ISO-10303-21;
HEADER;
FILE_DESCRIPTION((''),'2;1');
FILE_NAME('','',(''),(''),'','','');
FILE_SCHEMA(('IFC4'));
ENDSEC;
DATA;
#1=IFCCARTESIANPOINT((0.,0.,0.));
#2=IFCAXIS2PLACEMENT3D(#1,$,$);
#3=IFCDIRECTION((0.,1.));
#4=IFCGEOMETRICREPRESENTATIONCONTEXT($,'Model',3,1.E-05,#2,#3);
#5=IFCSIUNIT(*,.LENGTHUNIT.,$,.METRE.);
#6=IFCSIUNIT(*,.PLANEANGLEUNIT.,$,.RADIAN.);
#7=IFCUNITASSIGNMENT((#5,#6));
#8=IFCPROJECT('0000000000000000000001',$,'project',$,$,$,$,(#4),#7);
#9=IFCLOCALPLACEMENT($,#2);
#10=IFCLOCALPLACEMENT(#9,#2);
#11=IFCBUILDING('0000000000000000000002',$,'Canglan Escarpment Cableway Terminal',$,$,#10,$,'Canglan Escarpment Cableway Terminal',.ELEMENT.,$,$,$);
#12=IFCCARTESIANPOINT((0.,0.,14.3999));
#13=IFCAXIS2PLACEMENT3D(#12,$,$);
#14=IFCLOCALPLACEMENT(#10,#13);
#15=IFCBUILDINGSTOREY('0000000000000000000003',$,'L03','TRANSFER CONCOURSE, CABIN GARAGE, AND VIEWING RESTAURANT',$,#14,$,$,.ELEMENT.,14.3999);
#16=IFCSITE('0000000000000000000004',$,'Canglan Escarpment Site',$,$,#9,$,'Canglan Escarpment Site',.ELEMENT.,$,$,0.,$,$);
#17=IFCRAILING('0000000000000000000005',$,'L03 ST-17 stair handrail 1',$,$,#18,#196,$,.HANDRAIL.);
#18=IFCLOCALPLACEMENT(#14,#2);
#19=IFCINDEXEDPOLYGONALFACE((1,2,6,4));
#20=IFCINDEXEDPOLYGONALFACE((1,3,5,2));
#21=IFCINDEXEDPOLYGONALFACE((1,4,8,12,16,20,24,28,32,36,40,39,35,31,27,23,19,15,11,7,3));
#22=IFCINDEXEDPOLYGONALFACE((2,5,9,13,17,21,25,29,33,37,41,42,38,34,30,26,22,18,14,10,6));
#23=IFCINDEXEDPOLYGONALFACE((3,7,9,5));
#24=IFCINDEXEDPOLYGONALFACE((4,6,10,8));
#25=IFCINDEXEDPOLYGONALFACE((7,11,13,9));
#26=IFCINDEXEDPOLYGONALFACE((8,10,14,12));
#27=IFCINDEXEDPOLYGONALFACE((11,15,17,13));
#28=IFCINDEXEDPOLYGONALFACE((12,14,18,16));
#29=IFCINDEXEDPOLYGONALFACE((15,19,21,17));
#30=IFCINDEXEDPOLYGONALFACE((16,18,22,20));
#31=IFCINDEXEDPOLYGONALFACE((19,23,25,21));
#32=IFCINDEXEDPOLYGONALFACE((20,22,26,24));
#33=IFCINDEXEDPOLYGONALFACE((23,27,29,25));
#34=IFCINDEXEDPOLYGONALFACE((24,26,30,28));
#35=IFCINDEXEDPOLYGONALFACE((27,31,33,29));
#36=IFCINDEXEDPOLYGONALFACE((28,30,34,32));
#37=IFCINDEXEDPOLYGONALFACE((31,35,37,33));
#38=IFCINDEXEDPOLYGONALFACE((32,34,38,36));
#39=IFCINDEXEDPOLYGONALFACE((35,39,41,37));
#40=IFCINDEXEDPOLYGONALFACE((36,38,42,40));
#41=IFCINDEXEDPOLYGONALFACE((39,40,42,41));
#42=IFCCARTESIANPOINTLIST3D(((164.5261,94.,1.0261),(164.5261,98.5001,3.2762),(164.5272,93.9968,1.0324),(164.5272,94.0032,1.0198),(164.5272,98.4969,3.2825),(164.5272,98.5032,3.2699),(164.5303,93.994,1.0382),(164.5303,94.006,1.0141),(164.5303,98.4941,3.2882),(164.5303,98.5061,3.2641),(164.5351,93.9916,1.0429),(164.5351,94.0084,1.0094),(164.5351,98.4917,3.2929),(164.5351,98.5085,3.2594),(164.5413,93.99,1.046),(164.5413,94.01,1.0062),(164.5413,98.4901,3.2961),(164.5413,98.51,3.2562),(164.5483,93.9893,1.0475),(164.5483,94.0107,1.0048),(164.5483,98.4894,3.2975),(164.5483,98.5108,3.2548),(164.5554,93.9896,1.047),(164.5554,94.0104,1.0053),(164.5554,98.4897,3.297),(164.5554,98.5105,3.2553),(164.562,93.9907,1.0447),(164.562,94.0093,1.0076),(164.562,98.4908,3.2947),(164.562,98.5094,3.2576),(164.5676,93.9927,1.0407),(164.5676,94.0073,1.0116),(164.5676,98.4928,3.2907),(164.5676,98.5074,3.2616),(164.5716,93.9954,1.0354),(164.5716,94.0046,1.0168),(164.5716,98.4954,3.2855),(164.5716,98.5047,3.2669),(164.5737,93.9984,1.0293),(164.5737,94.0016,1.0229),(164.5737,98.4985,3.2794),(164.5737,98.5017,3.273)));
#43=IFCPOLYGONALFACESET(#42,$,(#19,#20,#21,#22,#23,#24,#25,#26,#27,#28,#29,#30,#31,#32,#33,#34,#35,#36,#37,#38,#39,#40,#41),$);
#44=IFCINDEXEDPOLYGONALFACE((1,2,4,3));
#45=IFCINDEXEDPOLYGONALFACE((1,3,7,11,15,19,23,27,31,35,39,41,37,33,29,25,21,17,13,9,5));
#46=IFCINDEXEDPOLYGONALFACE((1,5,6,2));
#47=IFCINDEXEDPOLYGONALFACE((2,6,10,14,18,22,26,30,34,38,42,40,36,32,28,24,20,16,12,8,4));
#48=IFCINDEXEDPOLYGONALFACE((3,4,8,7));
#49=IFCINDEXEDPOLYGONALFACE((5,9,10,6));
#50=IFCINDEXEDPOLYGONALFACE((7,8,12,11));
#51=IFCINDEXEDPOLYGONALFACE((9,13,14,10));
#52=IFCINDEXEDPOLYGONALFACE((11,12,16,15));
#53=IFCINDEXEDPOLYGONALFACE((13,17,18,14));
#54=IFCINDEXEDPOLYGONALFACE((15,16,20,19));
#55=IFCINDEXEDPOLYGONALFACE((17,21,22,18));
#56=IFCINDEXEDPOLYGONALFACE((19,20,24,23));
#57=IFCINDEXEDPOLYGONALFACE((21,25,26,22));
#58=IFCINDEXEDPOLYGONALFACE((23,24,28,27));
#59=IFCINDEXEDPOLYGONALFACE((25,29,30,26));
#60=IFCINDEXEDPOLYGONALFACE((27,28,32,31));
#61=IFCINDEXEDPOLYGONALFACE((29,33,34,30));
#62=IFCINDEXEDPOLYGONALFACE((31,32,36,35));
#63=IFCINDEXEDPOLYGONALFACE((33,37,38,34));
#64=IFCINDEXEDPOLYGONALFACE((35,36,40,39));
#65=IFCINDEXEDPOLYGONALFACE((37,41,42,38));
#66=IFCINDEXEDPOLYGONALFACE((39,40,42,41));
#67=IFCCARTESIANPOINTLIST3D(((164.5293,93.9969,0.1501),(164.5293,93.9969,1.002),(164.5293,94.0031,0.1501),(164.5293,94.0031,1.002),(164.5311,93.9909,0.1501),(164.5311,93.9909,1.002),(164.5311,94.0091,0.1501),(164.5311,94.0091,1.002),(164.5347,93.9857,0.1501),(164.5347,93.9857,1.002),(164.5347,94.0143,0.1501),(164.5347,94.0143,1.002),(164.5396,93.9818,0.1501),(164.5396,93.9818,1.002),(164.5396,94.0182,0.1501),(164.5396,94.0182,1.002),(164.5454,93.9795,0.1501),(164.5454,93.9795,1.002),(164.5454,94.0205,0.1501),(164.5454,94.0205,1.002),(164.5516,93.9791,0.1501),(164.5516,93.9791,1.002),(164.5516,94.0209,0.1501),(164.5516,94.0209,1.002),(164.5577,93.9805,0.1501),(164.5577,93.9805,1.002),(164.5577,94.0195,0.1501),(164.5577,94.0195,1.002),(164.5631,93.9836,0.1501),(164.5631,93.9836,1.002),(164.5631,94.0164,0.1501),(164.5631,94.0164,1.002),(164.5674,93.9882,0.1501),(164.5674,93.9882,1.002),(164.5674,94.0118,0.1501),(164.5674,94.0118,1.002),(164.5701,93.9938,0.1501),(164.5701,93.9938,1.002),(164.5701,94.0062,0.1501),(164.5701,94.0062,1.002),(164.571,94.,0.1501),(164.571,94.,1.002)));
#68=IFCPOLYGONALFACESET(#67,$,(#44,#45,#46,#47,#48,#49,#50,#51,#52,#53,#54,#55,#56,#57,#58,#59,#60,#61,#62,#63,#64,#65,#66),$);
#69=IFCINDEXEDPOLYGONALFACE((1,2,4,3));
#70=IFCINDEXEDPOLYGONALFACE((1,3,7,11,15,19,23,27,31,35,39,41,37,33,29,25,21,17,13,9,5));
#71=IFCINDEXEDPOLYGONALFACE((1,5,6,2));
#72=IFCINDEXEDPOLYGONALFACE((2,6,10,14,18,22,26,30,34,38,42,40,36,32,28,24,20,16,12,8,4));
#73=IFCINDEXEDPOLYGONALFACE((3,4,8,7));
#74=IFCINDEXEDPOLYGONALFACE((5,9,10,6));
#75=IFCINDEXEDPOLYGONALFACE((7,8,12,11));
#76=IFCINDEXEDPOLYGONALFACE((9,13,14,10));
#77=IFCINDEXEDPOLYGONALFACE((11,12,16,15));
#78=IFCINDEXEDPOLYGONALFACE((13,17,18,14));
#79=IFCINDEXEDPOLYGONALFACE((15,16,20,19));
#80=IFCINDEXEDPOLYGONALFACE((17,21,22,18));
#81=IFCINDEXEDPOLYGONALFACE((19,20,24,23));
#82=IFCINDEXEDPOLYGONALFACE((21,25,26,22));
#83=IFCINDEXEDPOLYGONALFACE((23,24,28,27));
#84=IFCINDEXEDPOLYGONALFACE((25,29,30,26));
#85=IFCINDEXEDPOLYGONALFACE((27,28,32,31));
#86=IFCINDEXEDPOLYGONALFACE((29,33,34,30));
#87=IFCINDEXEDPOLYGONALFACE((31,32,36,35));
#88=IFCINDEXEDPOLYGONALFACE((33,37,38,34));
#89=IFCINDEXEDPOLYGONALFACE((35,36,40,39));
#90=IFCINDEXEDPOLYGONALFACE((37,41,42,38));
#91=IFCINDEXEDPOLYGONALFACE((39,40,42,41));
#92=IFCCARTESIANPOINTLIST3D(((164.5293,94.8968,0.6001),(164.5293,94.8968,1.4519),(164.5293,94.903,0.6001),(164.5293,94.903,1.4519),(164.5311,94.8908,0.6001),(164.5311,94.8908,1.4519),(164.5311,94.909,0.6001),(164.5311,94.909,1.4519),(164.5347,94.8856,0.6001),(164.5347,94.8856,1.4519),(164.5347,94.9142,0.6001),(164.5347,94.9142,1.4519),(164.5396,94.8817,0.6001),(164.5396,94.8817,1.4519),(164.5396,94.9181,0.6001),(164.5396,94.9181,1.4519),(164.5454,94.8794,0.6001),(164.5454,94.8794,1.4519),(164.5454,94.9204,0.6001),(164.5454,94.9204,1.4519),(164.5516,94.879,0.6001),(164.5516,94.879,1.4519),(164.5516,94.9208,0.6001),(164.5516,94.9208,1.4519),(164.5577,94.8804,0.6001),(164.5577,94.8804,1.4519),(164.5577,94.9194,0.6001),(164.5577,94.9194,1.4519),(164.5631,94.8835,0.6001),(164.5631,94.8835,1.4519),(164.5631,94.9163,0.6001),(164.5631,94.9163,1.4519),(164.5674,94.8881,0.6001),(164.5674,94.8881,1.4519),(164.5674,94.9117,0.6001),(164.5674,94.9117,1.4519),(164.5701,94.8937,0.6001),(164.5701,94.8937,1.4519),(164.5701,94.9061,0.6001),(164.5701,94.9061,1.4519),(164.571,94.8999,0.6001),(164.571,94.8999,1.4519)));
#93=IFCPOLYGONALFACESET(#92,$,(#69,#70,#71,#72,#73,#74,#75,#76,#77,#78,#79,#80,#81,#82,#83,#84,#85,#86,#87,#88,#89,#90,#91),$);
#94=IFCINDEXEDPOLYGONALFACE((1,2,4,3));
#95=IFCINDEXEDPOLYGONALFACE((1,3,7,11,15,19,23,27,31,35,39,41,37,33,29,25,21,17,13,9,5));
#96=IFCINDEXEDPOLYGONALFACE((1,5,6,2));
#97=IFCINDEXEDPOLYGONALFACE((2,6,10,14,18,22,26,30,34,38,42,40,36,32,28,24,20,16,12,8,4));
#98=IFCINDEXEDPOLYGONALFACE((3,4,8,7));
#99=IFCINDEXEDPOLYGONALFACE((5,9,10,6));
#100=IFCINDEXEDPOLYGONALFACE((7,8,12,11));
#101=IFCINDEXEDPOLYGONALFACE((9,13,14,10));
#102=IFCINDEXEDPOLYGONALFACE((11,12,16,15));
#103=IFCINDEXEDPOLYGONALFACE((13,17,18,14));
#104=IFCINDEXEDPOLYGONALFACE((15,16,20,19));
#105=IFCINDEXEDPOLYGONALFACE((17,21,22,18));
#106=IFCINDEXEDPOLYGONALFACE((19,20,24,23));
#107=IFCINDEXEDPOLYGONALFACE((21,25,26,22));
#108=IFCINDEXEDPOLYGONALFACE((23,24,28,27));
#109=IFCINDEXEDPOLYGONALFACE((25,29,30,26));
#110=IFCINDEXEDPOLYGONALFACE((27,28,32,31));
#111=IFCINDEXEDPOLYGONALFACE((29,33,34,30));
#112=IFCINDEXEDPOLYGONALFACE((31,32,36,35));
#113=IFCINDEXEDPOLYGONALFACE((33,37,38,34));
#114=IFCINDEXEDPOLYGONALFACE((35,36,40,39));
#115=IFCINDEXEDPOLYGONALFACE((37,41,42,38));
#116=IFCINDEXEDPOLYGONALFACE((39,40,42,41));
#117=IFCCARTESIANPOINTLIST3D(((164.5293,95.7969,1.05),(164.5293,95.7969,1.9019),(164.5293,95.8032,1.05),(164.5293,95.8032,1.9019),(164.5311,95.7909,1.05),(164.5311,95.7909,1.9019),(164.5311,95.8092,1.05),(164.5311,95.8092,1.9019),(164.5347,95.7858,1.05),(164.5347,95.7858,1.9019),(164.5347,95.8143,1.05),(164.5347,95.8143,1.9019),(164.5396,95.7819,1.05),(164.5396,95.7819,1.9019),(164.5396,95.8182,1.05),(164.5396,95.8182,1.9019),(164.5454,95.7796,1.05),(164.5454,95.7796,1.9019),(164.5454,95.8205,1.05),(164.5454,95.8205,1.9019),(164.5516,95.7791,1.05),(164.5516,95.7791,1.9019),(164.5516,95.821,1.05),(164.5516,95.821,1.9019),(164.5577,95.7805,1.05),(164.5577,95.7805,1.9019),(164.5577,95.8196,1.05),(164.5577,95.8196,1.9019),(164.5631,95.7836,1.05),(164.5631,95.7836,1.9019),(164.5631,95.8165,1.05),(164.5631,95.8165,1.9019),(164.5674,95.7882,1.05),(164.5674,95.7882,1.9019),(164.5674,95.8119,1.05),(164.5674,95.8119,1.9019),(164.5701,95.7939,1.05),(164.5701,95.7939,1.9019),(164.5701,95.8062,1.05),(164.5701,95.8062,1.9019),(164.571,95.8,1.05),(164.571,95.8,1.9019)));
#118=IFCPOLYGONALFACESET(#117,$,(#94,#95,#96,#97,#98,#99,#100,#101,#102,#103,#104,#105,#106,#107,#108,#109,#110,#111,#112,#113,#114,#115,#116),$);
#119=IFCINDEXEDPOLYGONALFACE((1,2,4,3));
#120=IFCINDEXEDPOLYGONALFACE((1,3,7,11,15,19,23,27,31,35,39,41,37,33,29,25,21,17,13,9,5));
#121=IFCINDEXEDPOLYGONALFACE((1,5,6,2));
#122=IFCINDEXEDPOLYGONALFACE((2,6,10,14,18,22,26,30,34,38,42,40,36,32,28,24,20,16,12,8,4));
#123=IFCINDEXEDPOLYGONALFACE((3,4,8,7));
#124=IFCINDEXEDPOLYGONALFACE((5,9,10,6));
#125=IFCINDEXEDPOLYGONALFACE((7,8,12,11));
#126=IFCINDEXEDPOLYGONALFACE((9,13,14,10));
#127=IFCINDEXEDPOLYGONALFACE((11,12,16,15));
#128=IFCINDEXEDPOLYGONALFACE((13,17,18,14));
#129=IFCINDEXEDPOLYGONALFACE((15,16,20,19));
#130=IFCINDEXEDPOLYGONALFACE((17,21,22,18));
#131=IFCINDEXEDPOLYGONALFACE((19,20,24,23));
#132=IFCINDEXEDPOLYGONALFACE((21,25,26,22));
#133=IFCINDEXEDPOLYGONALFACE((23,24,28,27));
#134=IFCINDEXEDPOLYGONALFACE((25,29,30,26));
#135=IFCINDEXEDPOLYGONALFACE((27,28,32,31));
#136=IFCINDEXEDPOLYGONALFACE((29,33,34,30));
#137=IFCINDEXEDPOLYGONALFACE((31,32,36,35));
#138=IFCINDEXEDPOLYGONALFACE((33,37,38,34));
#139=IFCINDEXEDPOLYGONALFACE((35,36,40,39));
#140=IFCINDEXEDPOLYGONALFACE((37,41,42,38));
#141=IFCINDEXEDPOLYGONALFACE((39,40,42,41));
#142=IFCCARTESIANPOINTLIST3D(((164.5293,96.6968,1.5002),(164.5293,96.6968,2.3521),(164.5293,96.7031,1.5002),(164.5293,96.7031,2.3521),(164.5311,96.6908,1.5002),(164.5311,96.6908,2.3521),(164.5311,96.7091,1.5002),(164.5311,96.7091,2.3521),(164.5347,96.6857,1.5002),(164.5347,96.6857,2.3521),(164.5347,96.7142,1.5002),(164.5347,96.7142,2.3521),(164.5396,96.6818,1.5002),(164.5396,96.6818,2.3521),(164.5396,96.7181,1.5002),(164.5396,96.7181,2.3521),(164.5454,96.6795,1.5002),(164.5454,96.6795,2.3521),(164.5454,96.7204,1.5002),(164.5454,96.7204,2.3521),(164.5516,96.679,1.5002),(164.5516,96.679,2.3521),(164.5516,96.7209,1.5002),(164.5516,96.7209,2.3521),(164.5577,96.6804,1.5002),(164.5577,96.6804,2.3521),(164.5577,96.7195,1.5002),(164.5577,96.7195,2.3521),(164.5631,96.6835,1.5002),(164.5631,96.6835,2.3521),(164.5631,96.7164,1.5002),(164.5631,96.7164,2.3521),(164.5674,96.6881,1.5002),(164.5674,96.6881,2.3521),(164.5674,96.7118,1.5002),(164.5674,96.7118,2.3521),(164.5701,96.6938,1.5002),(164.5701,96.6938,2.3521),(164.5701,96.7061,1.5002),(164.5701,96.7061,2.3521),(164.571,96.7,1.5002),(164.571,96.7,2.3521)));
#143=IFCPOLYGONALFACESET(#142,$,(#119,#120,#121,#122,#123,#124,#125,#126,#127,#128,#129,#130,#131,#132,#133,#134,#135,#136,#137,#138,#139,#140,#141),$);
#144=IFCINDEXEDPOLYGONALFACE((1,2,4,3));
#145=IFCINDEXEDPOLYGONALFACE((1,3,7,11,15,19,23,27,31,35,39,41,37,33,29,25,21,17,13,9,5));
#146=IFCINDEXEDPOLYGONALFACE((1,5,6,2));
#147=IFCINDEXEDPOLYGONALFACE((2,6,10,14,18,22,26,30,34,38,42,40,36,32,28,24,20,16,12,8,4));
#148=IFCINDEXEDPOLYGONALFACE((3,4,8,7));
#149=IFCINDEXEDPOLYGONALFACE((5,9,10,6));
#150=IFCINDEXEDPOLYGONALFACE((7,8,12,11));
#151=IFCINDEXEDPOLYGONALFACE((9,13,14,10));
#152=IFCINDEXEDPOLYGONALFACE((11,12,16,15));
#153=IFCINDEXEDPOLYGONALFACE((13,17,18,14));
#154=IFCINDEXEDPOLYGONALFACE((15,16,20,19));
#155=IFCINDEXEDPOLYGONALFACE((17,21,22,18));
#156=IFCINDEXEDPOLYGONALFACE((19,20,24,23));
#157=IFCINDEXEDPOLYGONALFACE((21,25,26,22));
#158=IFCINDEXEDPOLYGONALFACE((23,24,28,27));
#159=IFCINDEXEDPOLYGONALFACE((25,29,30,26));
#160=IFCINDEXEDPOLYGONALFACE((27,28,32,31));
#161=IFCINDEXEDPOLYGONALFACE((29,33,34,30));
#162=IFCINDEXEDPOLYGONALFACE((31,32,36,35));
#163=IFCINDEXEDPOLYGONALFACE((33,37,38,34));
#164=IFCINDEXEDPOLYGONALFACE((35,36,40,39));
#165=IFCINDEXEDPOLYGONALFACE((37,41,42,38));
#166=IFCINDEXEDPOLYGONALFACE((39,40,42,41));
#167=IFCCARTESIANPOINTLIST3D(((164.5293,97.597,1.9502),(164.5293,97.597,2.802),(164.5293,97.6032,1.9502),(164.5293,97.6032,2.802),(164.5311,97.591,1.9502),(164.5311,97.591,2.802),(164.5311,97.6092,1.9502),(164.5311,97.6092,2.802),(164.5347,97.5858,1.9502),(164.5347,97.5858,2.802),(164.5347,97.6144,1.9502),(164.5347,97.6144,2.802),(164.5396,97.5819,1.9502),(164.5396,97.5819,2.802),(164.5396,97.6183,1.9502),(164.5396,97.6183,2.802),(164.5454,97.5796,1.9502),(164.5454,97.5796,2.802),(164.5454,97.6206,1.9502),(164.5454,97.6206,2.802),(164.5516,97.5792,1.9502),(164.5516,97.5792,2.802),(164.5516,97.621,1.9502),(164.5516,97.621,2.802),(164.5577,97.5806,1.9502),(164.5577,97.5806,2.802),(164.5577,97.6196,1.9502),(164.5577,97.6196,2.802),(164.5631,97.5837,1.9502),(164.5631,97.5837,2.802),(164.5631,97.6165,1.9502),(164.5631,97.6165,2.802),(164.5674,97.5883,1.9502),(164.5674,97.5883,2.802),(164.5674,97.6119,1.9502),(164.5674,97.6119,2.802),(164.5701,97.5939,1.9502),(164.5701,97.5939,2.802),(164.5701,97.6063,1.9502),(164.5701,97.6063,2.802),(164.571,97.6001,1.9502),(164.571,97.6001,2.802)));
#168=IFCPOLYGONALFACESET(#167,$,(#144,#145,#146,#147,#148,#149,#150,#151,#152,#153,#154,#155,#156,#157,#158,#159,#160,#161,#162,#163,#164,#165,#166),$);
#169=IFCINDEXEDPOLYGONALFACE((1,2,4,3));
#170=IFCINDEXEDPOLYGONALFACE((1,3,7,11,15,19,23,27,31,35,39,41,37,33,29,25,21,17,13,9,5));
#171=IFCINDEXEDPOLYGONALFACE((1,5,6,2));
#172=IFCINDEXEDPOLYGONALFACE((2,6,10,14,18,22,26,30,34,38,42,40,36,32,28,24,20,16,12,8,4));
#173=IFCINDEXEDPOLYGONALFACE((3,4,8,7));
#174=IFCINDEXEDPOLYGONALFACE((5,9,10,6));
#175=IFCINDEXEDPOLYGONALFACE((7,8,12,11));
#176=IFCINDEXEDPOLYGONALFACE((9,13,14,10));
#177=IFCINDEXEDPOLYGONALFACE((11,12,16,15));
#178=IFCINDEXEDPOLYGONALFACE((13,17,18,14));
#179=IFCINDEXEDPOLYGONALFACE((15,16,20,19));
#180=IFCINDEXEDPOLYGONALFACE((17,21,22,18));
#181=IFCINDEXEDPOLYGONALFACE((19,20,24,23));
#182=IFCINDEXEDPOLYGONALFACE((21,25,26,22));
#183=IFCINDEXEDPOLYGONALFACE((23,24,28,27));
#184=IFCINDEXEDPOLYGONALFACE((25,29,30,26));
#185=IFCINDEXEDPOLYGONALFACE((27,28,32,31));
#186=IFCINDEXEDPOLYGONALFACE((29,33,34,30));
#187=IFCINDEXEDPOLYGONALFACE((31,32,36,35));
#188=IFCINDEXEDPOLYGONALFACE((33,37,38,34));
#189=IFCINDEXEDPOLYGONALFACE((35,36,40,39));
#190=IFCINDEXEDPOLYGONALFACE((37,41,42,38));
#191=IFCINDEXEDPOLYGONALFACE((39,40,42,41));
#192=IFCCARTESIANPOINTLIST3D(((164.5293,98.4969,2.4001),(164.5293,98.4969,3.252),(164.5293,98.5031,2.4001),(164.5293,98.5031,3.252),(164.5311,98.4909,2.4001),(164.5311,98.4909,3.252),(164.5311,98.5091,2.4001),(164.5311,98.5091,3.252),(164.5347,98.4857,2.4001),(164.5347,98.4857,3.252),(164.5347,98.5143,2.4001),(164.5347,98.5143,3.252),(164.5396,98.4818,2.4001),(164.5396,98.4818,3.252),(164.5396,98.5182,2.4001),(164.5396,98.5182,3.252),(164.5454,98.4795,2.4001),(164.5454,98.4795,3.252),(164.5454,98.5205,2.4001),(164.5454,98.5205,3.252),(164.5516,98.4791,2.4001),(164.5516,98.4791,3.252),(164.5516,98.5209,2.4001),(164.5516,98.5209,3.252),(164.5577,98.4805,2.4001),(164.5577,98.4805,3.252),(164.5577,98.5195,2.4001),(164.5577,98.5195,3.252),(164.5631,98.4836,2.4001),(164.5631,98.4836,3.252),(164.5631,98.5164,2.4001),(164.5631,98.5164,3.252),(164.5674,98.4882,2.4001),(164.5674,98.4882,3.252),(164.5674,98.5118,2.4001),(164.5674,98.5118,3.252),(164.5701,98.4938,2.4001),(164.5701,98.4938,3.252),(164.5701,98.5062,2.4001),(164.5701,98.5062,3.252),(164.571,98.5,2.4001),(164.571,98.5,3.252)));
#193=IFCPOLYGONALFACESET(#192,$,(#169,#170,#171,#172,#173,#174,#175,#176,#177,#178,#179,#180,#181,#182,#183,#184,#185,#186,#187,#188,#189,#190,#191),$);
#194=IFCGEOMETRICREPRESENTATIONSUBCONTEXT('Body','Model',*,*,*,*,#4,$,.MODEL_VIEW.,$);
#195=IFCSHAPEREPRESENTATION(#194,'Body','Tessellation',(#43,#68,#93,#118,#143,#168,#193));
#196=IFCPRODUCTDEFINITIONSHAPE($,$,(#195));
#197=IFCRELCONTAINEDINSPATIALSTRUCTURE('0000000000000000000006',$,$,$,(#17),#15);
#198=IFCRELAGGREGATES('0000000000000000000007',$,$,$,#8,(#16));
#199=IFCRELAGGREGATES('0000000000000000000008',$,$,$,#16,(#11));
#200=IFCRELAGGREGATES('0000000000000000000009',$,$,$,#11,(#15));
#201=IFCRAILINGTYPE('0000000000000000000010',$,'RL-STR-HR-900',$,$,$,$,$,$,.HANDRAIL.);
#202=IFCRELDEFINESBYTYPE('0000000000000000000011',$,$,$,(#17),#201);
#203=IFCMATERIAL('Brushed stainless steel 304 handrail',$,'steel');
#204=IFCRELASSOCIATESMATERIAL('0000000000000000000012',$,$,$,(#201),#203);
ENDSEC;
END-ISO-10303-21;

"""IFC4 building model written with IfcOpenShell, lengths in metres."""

from ifc_helpers import new_model, si_unit, direction, frame, origin, origin_2d, place, context, subcontext, project, spatial, circle, extrude, material, type_object, element, save


model = new_model("IFC4")

# Units and contexts
model_context = context("Model", 3, precision=1e-05, world=origin(), true_north=direction((0.0, 1.0)))
body_context = subcontext(model_context, "Body", "Model", "MODEL_VIEW")
ifc_project = project(units=[si_unit("LENGTHUNIT", "METRE"), si_unit("PLANEANGLEUNIT", "RADIAN")], contexts=[model_context])

# Site, building, storey
site_placement = place(None, origin())
site = spatial("IfcSite", under=ifc_project, at=site_placement, Name="Canglan Escarpment Site", LongName="Canglan Escarpment Site", CompositionType="ELEMENT", RefElevation=0.0)
building_placement = place(site_placement, origin())
building = spatial("IfcBuilding", under=site, at=building_placement, Name="Canglan Escarpment Cableway Terminal", LongName="Canglan Escarpment Cableway Terminal", CompositionType="ELEMENT")
storey_placement = place(building_placement, frame((0.0, 0.0, 14.3999)))
storey = spatial("IfcBuildingStorey", under=building, at=storey_placement, Name="L03", Description="TRANSFER CONCOURSE, CABIN GARAGE, AND VIEWING RESTAURANT", CompositionType="ELEMENT", Elevation=14.3999)

# Railing
ifc_material_1 = material(Name="Brushed stainless steel 304 handrail", Category="steel")
railing_type_1 = type_object("IfcRailingType", Name="RL-STR-HR-900", PredefinedType="HANDRAIL", material=ifc_material_1)
railing_1_placement = place(storey_placement, frame((164.55, 94.0, 0.1501)))
element("IfcRailing", 1, at=railing_1_placement, inside=storey, type_object=railing_type_1, Name="L03 ST-17 stair handrail 1", PredefinedType="HANDRAIL", context=body_context, shape_type="SweptSolid", body=[
    extrude(circle(Radius=0.0239, at=origin_2d()), frame((0.0, 0.0, 0.876), z_axis=(0.0, 0.894427, 0.447214), x_axis=(-1.0, 0.0, 0.0)), (0.0, 0.0, 1.0), 5.0312),
    extrude(circle(Radius=0.021, at=origin_2d()), origin(), (0.0, 0.0, 1.0), 0.8518),
    extrude(circle(Radius=0.021, at=origin_2d()), frame((0.0, 0.8999, 0.45)), (0.0, 0.0, 1.0), 0.8518),
    extrude(circle(Radius=0.021, at=origin_2d()), frame((0.0, 1.8, 0.8999)), (0.0, 0.0, 1.0), 0.8518),
    extrude(circle(Radius=0.021, at=origin_2d()), frame((0.0, 2.7, 1.3501)), (0.0, 0.0, 1.0), 0.8518),
    extrude(circle(Radius=0.021, at=origin_2d()), frame((0.0, 3.6001, 1.8)), (0.0, 0.0, 1.0), 0.8518),
    extrude(circle(Radius=0.021, at=origin_2d()), frame((0.0, 4.5, 2.25)), (0.0, 0.0, 1.0), 0.8518),
])

save(model, "model.ifc")
